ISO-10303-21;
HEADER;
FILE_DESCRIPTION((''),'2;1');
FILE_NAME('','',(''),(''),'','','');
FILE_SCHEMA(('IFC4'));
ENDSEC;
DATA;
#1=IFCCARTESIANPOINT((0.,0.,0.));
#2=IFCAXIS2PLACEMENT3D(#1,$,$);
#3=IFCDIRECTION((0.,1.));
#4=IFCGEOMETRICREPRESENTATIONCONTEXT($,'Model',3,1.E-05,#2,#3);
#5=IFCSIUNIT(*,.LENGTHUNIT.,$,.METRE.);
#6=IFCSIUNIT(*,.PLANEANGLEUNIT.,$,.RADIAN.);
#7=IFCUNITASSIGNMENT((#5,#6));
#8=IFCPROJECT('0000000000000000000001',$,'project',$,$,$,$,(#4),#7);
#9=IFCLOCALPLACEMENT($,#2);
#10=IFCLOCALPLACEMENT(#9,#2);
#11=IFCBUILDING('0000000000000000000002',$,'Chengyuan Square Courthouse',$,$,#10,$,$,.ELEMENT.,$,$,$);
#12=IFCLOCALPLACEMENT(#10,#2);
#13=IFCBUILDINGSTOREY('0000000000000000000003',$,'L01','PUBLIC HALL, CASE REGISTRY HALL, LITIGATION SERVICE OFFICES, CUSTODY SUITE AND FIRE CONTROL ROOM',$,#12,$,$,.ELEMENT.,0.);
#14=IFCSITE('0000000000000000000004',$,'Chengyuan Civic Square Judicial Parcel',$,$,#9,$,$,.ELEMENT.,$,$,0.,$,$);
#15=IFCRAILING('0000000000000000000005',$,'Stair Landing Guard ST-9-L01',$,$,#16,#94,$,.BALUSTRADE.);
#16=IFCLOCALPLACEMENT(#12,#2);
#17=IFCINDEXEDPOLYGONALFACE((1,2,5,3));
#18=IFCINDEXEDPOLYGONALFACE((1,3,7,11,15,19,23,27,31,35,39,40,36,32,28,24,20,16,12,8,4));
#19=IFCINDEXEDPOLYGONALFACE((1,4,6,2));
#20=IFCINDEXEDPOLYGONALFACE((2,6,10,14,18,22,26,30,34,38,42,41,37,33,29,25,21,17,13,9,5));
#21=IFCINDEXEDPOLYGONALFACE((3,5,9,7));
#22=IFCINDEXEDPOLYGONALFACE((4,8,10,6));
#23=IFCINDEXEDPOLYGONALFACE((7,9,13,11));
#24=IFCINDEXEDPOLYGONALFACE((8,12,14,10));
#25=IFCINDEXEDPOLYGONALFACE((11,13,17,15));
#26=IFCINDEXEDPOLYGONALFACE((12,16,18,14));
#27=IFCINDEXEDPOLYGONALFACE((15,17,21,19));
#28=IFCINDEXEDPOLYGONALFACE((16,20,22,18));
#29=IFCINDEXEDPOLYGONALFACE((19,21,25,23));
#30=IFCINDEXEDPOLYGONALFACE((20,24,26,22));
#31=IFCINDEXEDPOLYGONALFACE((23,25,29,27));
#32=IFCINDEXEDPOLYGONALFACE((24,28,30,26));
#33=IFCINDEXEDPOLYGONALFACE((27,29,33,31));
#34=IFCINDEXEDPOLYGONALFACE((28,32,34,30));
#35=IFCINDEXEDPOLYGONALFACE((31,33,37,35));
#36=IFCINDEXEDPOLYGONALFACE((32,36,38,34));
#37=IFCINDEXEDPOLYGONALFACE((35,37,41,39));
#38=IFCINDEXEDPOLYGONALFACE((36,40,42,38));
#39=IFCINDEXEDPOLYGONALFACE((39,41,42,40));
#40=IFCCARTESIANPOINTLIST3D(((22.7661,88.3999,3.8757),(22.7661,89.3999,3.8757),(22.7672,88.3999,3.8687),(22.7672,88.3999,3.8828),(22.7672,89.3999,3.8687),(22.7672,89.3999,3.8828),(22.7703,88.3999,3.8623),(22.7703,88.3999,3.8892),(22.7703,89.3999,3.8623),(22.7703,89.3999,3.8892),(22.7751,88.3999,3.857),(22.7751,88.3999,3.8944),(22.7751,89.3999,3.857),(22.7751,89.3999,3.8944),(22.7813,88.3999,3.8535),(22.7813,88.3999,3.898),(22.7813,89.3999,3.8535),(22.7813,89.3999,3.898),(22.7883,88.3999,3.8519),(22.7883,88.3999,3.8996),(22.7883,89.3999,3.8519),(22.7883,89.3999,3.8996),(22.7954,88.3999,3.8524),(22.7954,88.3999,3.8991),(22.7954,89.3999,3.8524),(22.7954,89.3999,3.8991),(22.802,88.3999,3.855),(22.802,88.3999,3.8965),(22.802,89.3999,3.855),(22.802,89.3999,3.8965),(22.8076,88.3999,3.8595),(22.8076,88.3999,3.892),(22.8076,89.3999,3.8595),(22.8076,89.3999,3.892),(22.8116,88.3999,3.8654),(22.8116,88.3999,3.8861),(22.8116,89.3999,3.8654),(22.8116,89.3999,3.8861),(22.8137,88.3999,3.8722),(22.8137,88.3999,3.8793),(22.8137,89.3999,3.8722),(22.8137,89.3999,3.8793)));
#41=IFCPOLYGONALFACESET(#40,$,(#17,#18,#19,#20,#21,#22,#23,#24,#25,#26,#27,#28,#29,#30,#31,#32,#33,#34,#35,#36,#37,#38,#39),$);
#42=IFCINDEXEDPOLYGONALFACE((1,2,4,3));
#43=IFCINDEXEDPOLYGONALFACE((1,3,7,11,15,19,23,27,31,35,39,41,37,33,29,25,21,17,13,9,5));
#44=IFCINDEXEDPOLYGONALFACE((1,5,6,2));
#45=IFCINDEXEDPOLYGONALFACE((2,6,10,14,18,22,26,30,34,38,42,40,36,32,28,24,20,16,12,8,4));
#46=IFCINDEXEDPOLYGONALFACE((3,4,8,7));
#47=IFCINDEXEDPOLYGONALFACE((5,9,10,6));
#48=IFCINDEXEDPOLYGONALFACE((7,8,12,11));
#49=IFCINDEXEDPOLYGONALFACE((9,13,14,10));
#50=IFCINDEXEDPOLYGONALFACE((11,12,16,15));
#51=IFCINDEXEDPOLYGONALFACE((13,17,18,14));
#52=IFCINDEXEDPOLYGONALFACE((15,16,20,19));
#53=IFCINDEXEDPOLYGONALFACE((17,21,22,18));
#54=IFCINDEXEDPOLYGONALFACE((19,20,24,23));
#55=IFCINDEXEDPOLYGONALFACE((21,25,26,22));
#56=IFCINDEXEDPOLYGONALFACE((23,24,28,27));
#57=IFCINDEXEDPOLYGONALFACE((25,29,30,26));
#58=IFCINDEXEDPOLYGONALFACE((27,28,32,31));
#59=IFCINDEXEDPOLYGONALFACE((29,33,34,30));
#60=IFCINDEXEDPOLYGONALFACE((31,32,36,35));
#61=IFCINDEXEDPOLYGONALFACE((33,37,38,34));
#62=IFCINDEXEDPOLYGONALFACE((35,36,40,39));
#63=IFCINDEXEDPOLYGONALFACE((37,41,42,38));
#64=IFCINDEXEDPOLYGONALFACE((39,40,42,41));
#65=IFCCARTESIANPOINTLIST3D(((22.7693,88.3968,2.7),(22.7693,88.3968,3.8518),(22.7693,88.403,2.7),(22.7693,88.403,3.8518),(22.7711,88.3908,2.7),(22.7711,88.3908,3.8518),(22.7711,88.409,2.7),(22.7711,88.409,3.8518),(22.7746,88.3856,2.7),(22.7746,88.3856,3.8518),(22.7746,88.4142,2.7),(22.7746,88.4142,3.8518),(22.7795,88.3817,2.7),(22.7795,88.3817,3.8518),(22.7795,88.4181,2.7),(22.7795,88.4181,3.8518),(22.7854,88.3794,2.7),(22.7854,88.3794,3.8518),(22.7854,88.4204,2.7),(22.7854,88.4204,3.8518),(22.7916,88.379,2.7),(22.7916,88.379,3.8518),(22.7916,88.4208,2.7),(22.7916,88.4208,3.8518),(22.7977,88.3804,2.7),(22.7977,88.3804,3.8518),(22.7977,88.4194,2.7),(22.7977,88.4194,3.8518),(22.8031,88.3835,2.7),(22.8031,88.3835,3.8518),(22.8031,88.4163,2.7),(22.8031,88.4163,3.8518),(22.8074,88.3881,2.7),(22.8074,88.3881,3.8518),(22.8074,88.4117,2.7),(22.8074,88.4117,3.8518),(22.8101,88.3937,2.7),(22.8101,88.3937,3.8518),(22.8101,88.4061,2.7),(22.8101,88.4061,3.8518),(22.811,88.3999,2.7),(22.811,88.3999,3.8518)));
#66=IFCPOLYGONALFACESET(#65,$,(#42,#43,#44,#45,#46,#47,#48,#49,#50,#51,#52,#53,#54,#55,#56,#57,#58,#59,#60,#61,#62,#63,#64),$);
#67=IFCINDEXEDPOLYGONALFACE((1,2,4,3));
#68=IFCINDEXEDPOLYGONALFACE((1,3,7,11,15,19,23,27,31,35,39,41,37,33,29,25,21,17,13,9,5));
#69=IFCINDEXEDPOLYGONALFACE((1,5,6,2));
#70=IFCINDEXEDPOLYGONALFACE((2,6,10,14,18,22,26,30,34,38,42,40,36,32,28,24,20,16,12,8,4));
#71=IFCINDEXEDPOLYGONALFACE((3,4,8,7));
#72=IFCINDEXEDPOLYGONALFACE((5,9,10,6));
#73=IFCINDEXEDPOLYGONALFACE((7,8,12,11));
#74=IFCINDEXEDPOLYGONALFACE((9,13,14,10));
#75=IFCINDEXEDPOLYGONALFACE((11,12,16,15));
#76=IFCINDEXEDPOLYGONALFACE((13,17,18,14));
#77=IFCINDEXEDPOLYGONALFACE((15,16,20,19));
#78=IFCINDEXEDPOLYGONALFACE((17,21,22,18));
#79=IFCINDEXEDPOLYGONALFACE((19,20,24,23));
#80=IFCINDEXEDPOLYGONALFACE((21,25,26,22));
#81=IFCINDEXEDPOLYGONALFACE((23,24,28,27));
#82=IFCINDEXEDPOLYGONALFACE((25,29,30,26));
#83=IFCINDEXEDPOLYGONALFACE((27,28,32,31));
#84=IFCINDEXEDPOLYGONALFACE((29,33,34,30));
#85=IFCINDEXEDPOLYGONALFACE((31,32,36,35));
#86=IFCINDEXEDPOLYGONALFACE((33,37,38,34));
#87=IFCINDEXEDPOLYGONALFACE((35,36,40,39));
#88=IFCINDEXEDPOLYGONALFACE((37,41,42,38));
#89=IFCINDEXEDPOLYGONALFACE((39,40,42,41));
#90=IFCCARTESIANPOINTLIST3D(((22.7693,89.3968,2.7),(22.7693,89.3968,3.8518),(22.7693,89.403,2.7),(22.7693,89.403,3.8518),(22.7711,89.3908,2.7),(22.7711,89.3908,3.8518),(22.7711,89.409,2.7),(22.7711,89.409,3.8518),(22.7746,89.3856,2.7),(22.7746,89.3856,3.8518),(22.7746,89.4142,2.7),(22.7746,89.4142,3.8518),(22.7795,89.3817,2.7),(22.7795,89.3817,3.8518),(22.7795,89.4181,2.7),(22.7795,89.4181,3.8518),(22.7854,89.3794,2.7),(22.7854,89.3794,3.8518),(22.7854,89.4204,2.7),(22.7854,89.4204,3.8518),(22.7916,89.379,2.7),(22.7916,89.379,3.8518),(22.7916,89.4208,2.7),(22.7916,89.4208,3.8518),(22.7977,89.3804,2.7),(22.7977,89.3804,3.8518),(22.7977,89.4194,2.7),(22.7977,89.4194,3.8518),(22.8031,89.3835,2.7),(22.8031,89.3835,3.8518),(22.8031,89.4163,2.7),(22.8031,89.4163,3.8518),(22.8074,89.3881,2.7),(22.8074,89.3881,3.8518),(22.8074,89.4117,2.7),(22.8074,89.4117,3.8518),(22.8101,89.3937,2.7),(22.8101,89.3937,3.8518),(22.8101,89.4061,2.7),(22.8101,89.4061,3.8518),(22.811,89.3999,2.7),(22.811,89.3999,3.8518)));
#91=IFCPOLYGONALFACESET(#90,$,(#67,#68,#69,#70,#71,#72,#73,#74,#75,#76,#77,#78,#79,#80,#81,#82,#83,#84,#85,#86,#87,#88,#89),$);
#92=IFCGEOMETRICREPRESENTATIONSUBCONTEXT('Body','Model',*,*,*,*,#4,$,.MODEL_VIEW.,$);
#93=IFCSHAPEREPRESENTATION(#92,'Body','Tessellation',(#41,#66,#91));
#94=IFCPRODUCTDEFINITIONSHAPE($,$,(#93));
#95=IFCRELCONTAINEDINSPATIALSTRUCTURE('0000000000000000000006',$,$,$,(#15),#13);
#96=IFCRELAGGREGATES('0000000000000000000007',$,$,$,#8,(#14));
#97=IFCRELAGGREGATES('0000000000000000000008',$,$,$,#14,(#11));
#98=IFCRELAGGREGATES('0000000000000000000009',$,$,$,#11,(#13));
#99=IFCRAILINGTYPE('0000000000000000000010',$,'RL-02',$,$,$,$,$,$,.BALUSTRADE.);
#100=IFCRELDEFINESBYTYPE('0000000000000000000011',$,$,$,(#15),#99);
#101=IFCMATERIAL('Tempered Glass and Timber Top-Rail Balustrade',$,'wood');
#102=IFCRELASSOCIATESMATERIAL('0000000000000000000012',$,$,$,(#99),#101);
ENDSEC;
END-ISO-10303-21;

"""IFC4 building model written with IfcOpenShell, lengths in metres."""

from ifc_helpers import new_model, si_unit, direction, frame, origin, origin_2d, place, context, subcontext, project, spatial, circle, extrude, material, type_object, element, save


model = new_model("IFC4")

# Units and contexts
model_context = context("Model", 3, precision=1e-05, world=origin(), true_north=direction((0.0, 1.0)))
body_context = subcontext(model_context, "Body", "Model", "MODEL_VIEW")
ifc_project = project(units=[si_unit("LENGTHUNIT", "METRE"), si_unit("PLANEANGLEUNIT", "RADIAN")], contexts=[model_context])

# Site, building, storey
site_placement = place(None, origin())
site = spatial("IfcSite", under=ifc_project, at=site_placement, Name="Chengyuan Civic Square Judicial Parcel", CompositionType="ELEMENT", RefElevation=0.0)
building_placement = place(site_placement, origin())
building = spatial("IfcBuilding", under=site, at=building_placement, Name="Chengyuan Square Courthouse", CompositionType="ELEMENT")
storey_placement = place(building_placement, origin())
storey = spatial("IfcBuildingStorey", under=building, at=storey_placement, Name="L01", Description="PUBLIC HALL, CASE REGISTRY HALL, LITIGATION SERVICE OFFICES, CUSTODY SUITE AND FIRE CONTROL ROOM", CompositionType="ELEMENT", Elevation=0.0)

# Railing
ifc_material_1 = material(Name="Tempered Glass and Timber Top-Rail Balustrade", Category="wood")
railing_type_1 = type_object("IfcRailingType", Name="RL-02", PredefinedType="BALUSTRADE", material=ifc_material_1)
railing_1_placement = place(storey_placement, frame((22.79, 88.3999, 2.7)))
element("IfcRailing", 1, at=railing_1_placement, inside=storey, type_object=railing_type_1, Name="Stair Landing Guard ST-9-L01", PredefinedType="BALUSTRADE", context=body_context, shape_type="SweptSolid", body=[
    extrude(circle(Radius=0.0239, at=origin_2d()), frame((0.0, 0.0, 1.1758), z_axis=(0.0, 1.0, 0.0), x_axis=(-1.0, 0.0, 0.0)), (0.0, 0.0, 1.0), 1.0),
    extrude(circle(Radius=0.021, at=origin_2d()), origin(), (0.0, 0.0, 1.0), 1.1519),
    extrude(circle(Radius=0.021, at=origin_2d()), frame((0.0, 1.0, 0.0)), (0.0, 0.0, 1.0), 1.1519),
])

save(model, "model.ifc")
